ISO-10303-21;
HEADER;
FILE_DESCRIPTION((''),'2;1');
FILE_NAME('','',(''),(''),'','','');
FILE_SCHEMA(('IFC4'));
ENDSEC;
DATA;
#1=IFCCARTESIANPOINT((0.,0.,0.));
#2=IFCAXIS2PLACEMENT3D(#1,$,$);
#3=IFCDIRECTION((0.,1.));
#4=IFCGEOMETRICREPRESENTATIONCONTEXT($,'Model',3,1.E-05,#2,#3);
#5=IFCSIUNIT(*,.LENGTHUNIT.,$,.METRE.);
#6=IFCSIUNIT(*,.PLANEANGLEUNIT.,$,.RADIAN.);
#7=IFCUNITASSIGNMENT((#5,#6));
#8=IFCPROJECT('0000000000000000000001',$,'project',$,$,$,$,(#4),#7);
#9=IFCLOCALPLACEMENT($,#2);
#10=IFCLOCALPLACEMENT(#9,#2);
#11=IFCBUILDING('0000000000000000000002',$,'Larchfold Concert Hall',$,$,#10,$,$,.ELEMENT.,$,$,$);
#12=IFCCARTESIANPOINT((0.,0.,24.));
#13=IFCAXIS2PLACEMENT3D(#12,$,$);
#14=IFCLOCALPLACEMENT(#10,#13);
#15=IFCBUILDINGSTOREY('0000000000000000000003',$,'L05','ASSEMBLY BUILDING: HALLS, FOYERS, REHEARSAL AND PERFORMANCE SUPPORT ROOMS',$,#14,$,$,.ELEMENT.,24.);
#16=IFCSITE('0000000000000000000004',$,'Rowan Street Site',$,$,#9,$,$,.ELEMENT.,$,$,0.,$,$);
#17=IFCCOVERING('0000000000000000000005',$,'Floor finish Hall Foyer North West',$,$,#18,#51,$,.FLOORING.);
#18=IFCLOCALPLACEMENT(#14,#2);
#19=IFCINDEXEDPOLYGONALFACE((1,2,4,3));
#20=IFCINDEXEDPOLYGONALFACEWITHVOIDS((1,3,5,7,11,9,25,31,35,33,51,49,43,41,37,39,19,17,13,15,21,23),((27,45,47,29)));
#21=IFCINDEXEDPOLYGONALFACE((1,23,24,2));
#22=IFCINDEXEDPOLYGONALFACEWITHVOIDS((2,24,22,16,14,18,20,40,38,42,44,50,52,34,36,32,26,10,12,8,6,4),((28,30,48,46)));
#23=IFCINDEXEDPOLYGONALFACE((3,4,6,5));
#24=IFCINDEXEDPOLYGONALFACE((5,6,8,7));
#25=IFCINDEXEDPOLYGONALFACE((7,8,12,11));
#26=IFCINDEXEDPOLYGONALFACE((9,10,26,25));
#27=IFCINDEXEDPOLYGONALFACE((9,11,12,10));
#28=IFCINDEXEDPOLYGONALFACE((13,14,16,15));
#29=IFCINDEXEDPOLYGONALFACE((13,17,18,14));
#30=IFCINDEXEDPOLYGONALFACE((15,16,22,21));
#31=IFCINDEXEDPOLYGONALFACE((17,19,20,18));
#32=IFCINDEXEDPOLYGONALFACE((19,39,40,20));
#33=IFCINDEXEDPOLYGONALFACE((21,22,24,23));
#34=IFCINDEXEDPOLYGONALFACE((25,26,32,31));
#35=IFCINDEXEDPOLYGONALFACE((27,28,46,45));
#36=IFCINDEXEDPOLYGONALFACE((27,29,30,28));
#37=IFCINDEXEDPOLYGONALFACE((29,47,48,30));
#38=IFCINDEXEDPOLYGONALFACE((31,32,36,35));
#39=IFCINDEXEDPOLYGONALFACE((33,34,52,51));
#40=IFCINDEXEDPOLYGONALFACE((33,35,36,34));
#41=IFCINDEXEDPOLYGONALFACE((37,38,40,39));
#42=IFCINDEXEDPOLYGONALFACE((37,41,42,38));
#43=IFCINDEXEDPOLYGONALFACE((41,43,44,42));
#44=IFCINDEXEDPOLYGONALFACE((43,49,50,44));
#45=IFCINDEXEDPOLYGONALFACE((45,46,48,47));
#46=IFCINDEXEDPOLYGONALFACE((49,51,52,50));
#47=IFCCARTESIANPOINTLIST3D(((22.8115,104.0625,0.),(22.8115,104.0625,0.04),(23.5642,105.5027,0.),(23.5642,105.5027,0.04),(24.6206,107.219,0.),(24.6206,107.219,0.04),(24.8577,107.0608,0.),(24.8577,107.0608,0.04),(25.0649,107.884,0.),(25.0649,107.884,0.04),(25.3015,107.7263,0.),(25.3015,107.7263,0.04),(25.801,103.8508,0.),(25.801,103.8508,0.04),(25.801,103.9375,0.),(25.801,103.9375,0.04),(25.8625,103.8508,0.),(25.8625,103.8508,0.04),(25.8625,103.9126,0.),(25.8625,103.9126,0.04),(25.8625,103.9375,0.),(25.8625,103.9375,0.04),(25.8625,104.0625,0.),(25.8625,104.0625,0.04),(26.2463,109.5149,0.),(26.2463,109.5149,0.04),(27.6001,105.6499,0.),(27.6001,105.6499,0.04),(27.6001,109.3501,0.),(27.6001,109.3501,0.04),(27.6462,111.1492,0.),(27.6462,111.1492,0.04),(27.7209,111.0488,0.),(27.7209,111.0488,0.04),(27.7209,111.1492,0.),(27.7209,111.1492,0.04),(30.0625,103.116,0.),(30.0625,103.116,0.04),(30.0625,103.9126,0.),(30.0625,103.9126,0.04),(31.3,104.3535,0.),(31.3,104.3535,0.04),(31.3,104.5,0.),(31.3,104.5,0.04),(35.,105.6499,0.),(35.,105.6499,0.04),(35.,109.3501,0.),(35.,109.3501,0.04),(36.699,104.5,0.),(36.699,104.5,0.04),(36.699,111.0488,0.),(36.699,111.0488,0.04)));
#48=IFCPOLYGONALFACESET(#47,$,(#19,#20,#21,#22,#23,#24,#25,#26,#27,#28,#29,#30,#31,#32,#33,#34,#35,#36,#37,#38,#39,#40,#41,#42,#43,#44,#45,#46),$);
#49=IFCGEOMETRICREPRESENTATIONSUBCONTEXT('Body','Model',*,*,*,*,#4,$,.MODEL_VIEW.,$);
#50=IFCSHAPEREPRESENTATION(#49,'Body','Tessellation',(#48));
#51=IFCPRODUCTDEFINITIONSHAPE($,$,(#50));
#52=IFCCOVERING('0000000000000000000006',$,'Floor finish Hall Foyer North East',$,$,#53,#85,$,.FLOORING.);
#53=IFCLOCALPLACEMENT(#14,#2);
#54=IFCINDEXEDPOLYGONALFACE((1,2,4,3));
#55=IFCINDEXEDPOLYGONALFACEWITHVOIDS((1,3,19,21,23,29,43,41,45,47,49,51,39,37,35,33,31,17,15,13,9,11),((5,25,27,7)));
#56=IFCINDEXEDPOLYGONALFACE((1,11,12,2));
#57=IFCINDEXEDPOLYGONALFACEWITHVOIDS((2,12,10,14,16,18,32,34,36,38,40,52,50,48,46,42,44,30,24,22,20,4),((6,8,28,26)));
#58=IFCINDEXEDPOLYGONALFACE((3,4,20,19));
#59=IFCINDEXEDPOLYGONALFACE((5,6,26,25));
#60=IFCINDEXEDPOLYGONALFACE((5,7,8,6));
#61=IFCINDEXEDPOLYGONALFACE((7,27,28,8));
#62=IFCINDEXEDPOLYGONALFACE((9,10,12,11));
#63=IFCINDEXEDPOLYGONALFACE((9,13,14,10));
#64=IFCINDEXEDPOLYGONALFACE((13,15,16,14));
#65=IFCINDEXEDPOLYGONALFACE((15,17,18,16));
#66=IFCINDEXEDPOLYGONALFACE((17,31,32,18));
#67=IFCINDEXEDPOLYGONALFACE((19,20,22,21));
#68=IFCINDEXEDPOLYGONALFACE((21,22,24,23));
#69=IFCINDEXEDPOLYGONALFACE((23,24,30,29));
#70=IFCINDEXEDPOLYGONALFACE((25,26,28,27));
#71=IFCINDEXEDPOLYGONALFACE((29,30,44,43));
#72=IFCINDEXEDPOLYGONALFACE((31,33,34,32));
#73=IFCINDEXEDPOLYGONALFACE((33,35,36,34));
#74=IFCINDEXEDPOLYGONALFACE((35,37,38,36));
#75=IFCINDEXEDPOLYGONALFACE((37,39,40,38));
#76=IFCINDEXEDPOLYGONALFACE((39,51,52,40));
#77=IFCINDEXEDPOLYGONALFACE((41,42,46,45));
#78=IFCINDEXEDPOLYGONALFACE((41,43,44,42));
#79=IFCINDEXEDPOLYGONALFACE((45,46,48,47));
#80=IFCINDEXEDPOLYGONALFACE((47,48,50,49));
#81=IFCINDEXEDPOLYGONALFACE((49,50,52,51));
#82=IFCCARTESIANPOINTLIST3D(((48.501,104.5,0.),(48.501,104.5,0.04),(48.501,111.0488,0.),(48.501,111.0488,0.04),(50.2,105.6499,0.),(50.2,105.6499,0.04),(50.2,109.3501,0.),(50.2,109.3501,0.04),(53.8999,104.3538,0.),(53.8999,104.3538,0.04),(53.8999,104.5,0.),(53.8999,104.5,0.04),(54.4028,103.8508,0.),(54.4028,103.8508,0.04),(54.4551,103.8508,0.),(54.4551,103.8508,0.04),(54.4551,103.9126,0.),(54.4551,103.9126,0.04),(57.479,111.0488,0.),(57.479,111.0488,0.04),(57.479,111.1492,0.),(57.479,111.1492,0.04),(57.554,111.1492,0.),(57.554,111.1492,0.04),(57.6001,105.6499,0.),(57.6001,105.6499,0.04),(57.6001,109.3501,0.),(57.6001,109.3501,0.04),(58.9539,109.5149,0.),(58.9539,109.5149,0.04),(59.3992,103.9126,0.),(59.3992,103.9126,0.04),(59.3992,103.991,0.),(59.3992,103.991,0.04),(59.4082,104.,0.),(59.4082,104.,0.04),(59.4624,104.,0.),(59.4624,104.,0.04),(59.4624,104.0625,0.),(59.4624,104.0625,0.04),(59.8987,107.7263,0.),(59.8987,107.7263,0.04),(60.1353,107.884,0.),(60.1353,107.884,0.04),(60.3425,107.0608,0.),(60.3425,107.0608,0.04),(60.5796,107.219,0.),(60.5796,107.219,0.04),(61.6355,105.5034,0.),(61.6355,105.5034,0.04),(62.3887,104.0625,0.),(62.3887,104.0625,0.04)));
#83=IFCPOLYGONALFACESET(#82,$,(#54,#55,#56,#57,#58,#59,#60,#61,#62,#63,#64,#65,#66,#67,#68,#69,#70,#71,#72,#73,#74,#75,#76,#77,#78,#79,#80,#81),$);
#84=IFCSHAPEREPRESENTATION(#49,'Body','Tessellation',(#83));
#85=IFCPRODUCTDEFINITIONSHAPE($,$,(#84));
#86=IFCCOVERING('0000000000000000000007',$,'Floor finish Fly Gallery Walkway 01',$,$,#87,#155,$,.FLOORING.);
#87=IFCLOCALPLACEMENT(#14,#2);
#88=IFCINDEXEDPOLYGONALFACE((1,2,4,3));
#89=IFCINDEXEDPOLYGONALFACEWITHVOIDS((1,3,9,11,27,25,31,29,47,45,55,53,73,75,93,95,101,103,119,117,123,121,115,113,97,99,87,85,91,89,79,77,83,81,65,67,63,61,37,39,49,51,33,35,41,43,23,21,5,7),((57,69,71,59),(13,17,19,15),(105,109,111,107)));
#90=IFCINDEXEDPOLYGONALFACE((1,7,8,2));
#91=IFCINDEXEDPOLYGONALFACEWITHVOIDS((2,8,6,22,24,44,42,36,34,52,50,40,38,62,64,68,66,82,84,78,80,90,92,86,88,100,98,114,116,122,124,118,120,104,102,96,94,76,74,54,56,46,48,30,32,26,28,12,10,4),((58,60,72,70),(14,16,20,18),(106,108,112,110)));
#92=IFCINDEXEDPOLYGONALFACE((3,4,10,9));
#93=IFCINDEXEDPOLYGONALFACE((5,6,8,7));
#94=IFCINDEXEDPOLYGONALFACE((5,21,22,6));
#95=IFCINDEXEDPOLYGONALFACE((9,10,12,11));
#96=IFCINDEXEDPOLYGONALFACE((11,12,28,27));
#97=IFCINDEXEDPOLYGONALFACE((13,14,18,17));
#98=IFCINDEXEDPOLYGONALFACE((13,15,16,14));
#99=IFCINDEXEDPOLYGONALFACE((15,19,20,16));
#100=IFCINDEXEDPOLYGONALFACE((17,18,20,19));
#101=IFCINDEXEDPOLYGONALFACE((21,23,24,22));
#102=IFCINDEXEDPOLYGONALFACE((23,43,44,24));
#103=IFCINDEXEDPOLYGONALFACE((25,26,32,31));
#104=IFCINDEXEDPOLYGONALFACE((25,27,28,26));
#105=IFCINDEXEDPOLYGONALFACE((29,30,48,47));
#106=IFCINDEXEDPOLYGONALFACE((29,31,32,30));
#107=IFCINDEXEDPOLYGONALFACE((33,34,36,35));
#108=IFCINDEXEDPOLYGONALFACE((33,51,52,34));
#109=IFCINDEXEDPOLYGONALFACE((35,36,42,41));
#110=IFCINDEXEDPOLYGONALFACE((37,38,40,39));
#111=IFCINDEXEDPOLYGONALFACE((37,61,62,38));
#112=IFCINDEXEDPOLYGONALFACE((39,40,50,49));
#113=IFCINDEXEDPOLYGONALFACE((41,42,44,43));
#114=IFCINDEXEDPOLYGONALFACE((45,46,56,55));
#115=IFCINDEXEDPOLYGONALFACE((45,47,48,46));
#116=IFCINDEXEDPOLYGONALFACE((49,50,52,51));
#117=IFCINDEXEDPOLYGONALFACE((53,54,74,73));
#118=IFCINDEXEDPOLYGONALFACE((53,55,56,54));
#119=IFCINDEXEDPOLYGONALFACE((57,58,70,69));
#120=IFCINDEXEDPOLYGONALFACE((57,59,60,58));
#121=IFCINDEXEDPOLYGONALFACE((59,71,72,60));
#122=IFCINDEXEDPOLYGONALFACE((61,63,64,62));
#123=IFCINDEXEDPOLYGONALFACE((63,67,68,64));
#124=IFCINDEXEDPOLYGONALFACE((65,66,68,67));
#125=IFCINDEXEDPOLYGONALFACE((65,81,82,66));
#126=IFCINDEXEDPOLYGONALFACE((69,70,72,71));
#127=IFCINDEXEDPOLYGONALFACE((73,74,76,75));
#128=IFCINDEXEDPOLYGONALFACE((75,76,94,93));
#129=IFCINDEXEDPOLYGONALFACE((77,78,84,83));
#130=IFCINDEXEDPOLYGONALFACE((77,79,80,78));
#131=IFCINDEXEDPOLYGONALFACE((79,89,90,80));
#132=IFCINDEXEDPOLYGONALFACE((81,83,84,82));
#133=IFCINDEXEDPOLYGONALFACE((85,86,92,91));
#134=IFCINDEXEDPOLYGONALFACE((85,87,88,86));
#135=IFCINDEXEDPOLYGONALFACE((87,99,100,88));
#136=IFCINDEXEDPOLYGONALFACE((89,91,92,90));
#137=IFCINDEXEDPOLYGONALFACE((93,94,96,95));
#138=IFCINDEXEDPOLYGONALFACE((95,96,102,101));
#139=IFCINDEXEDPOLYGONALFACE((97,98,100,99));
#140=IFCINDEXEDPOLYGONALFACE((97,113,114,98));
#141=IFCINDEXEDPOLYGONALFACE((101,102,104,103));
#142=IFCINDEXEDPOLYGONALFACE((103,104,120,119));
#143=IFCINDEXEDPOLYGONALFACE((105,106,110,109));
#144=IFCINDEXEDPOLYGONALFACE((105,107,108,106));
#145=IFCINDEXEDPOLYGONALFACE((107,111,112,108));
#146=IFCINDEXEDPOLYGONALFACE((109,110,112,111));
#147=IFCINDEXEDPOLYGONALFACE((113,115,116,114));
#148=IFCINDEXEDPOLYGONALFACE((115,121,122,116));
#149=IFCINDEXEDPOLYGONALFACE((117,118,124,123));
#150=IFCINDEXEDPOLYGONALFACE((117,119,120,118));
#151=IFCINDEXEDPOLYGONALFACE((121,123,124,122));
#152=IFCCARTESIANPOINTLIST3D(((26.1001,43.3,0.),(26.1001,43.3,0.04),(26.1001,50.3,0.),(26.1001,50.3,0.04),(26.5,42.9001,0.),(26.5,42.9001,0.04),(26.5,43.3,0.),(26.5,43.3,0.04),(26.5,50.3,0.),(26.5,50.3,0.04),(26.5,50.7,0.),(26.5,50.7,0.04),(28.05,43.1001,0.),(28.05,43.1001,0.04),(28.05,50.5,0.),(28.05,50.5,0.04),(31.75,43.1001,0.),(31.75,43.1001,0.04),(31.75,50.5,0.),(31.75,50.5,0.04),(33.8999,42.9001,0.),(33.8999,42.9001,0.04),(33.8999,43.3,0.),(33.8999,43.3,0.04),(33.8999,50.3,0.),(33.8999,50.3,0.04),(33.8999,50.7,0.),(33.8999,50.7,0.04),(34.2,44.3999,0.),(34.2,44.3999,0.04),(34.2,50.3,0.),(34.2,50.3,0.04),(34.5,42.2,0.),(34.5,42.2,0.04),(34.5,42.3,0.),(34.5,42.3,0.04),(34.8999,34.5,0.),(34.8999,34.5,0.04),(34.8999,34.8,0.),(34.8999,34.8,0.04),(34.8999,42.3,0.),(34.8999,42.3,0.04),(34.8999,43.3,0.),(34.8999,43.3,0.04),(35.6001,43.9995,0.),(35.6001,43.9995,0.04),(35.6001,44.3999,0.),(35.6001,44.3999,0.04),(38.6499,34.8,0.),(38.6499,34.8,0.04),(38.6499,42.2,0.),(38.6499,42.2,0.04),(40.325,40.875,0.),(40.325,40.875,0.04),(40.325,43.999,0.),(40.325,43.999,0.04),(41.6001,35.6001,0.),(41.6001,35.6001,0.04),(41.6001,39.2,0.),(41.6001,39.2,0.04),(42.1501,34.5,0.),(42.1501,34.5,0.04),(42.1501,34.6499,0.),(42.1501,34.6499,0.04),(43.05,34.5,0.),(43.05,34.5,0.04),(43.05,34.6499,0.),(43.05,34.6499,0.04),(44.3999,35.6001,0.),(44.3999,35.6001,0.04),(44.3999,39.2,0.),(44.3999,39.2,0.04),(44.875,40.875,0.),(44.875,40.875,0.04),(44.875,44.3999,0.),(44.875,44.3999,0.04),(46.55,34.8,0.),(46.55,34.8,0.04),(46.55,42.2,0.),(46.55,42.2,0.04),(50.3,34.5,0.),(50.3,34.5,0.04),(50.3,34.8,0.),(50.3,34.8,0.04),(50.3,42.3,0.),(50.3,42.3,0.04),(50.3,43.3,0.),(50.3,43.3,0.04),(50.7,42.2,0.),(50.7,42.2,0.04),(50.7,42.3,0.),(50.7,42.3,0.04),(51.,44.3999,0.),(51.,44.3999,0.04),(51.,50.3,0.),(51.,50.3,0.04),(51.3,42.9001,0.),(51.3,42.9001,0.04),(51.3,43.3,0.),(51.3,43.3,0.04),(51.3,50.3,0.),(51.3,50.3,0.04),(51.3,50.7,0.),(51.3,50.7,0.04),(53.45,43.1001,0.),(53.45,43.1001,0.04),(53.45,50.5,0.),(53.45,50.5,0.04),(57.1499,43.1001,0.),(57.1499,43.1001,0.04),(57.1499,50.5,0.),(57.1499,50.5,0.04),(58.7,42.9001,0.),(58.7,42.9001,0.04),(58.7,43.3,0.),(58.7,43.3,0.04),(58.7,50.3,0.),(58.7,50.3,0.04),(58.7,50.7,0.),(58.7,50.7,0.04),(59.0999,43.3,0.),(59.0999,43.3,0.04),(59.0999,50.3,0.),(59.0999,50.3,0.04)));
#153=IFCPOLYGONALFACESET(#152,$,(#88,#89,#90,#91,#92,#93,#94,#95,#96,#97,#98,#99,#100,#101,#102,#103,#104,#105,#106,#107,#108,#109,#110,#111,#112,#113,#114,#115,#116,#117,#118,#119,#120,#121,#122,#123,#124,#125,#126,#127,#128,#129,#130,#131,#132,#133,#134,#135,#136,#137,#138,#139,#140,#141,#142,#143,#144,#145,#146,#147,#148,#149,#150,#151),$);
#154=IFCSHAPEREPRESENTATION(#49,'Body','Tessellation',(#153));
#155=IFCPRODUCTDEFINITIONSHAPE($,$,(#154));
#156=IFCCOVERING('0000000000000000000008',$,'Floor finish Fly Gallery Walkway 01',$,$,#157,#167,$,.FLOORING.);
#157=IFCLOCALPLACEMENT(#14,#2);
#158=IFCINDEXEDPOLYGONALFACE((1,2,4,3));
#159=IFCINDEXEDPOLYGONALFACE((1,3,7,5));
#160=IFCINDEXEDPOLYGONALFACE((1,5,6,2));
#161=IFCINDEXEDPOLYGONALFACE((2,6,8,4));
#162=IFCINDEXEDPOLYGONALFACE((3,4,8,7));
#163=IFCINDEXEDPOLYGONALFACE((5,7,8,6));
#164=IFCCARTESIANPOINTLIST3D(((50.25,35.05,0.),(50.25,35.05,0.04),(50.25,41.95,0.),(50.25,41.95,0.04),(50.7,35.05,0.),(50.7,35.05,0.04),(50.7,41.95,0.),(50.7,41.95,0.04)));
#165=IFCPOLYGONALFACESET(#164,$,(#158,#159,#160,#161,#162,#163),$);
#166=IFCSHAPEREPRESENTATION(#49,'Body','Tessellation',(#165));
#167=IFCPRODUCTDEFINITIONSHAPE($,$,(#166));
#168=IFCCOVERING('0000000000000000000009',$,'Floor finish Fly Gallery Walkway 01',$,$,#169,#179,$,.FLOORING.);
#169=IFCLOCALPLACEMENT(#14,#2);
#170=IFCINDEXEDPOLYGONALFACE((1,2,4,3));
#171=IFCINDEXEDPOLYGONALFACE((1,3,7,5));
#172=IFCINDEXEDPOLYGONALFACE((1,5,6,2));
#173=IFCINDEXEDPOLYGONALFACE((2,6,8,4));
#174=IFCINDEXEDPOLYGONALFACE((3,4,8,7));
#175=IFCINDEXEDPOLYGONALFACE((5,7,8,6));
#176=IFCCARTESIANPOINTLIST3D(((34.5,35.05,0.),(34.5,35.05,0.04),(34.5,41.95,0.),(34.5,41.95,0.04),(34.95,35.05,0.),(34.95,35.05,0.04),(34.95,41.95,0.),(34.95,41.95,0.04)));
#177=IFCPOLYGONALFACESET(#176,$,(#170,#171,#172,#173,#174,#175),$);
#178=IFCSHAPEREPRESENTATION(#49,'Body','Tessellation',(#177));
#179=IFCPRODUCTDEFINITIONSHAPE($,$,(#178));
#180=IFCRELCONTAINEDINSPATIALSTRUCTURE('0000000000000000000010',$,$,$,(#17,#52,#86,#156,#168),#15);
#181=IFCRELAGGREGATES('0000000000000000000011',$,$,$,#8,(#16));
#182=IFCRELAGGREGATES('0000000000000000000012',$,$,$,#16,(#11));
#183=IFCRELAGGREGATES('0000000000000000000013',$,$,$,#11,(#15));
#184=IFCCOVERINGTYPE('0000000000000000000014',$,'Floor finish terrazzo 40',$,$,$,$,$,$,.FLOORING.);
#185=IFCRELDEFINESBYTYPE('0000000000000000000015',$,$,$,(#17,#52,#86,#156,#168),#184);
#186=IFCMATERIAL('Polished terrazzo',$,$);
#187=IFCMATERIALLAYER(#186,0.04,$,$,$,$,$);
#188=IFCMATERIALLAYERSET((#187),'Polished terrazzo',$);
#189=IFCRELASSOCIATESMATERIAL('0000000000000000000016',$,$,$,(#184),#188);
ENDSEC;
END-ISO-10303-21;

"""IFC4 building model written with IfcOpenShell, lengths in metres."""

from ifc_helpers import new_model, si_unit, direction, frame, origin, place, context, subcontext, project, spatial, polyline, outline, extrude, material, layer, layer_set, type_object, element, save


model = new_model("IFC4")

# Units and contexts
model_context = context("Model", 3, precision=1e-05, world=origin(), true_north=direction((0.0, 1.0)))
body_context = subcontext(model_context, "Body", "Model", "MODEL_VIEW")
ifc_project = project(units=[si_unit("LENGTHUNIT", "METRE"), si_unit("PLANEANGLEUNIT", "RADIAN")], contexts=[model_context])

# Site, building, storey
site_placement = place(None, origin())
site = spatial("IfcSite", under=ifc_project, at=site_placement, Name="Rowan Street Site", CompositionType="ELEMENT", RefElevation=0.0)
building_placement = place(site_placement, origin())
building = spatial("IfcBuilding", under=site, at=building_placement, Name="Larchfold Concert Hall", CompositionType="ELEMENT")
storey_placement = place(building_placement, frame((0.0, 0.0, 24.0)))
storey = spatial("IfcBuildingStorey", under=building, at=storey_placement, Name="L05", Description="ASSEMBLY BUILDING: HALLS, FOYERS, REHEARSAL AND PERFORMANCE SUPPORT ROOMS", CompositionType="ELEMENT", Elevation=24.0)

# Coverings
ifc_material_1 = material(Name="Polished terrazzo")
ifc_layer_1 = layer(ifc_material_1, 0.04)
ifc_layer_set_1 = layer_set([ifc_layer_1], Name="Polished terrazzo")
covering_type_1 = type_object("IfcCoveringType", Name="Floor finish terrazzo 40", PredefinedType="FLOORING", material=ifc_layer_set_1)
covering_1_placement = place(storey_placement, origin())
element("IfcCovering", 1, at=covering_1_placement, inside=storey, type_object=covering_type_1, Name="Floor finish Hall Foyer North West", PredefinedType="FLOORING", context=body_context, shape_type="SweptSolid", body=[
    extrude(outline(polyline([(24.6206, 107.219), (23.5642, 105.5027), (22.8115, 104.0625), (25.8625, 104.0625), (25.8625, 103.9375), (25.801, 103.9375), (25.801, 103.8508), (25.8625, 103.8508), (25.8625, 103.9126), (30.0625, 103.9126), (30.0625, 103.116), (31.3, 104.3535), (31.3, 104.5), (36.699, 104.5), (36.699, 111.0488), (27.7209, 111.0488), (27.7209, 111.1492), (27.6462, 111.1492), (26.2463, 109.5149), (25.0649, 107.884), (25.3015, 107.7263), (24.8577, 107.0608), (24.6206, 107.219)]), holes=[polyline([(27.6001, 109.3501), (35.0, 109.3501), (35.0, 105.6499), (27.6001, 105.6499), (27.6001, 109.3501)])]), origin(), (0.0, 0.0, 1.0), 0.04),
])
covering_2_placement = place(storey_placement, origin())
element("IfcCovering", 2, at=covering_2_placement, inside=storey, type_object=covering_type_1, Name="Floor finish Hall Foyer North East", PredefinedType="FLOORING", context=body_context, shape_type="SweptSolid", body=[
    extrude(outline(polyline([(48.501, 111.0488), (48.501, 104.5), (53.8999, 104.5), (53.8999, 104.3538), (54.4028, 103.8508), (54.4551, 103.8508), (54.4551, 103.9126), (59.3992, 103.9126), (59.3992, 103.991), (59.4082, 104.0), (59.4624, 104.0), (59.4624, 104.0625), (62.3887, 104.0625), (61.6355, 105.5034), (60.5796, 107.219), (60.3425, 107.0608), (59.8987, 107.7263), (60.1353, 107.884), (58.9539, 109.5149), (57.554, 111.1492), (57.479, 111.1492), (57.479, 111.0488), (48.501, 111.0488)]), holes=[polyline([(57.6001, 105.6499), (50.2, 105.6499), (50.2, 109.3501), (57.6001, 109.3501), (57.6001, 105.6499)])]), origin(), (0.0, 0.0, 1.0), 0.04),
])
covering_3_placement = place(storey_placement, origin())
element("IfcCovering", 3, at=covering_3_placement, inside=storey, type_object=covering_type_1, Name="Floor finish Fly Gallery Walkway 01", PredefinedType="FLOORING", context=body_context, shape_type="SweptSolid", body=[
    extrude(outline(polyline([(51.0, 44.3999), (44.875, 44.3999), (44.875, 40.875), (40.325, 40.875), (40.325, 43.999), (35.6001, 43.9995), (35.6001, 44.3999), (34.2, 44.3999), (34.2, 50.3), (33.8999, 50.3), (33.8999, 50.7), (26.5, 50.7), (26.5, 50.3), (26.1001, 50.3), (26.1001, 43.3), (26.5, 43.3), (26.5, 42.9001), (33.8999, 42.9001), (33.8999, 43.3), (34.8999, 43.3), (34.8999, 42.3), (34.5, 42.3), (34.5, 42.2), (38.6499, 42.2), (38.6499, 34.8), (34.8999, 34.8), (34.8999, 34.5), (42.1501, 34.5), (42.1501, 34.6499), (43.05, 34.6499), (43.05, 34.5), (50.3, 34.5), (50.3, 34.8), (46.55, 34.8), (46.55, 42.2), (50.7, 42.2), (50.7, 42.3), (50.3, 42.3), (50.3, 43.3), (51.3, 43.3), (51.3, 42.9001), (58.7, 42.9001), (58.7, 43.3), (59.0999, 43.3), (59.0999, 50.3), (58.7, 50.3), (58.7, 50.7), (51.3, 50.7), (51.3, 50.3), (51.0, 50.3), (51.0, 44.3999)]), holes=[polyline([(53.45, 43.1001), (53.45, 50.5), (57.1499, 50.5), (57.1499, 43.1001), (53.45, 43.1001)]), polyline([(44.3999, 35.6001), (41.6001, 35.6001), (41.6001, 39.2), (44.3999, 39.2), (44.3999, 35.6001)]), polyline([(31.75, 50.5), (31.75, 43.1001), (28.05, 43.1001), (28.05, 50.5), (31.75, 50.5)])]), origin(), (0.0, 0.0, 1.0), 0.04),
])
covering_4_placement = place(storey_placement, origin())
element("IfcCovering", 4, at=covering_4_placement, inside=storey, type_object=covering_type_1, Name="Floor finish Fly Gallery Walkway 01", PredefinedType="FLOORING", context=body_context, shape_type="SweptSolid", body=[
    extrude(outline(polyline([(50.25, 35.05), (50.7, 35.05), (50.7, 41.95), (50.25, 41.95), (50.25, 35.05)])), origin(), (0.0, 0.0, 1.0), 0.04),
])
covering_5_placement = place(storey_placement, origin())
element("IfcCovering", 5, at=covering_5_placement, inside=storey, type_object=covering_type_1, Name="Floor finish Fly Gallery Walkway 01", PredefinedType="FLOORING", context=body_context, shape_type="SweptSolid", body=[
    extrude(outline(polyline([(34.5, 35.05), (34.95, 35.05), (34.95, 41.95), (34.5, 41.95), (34.5, 35.05)])), origin(), (0.0, 0.0, 1.0), 0.04),
])

save(model, "model.ifc")
